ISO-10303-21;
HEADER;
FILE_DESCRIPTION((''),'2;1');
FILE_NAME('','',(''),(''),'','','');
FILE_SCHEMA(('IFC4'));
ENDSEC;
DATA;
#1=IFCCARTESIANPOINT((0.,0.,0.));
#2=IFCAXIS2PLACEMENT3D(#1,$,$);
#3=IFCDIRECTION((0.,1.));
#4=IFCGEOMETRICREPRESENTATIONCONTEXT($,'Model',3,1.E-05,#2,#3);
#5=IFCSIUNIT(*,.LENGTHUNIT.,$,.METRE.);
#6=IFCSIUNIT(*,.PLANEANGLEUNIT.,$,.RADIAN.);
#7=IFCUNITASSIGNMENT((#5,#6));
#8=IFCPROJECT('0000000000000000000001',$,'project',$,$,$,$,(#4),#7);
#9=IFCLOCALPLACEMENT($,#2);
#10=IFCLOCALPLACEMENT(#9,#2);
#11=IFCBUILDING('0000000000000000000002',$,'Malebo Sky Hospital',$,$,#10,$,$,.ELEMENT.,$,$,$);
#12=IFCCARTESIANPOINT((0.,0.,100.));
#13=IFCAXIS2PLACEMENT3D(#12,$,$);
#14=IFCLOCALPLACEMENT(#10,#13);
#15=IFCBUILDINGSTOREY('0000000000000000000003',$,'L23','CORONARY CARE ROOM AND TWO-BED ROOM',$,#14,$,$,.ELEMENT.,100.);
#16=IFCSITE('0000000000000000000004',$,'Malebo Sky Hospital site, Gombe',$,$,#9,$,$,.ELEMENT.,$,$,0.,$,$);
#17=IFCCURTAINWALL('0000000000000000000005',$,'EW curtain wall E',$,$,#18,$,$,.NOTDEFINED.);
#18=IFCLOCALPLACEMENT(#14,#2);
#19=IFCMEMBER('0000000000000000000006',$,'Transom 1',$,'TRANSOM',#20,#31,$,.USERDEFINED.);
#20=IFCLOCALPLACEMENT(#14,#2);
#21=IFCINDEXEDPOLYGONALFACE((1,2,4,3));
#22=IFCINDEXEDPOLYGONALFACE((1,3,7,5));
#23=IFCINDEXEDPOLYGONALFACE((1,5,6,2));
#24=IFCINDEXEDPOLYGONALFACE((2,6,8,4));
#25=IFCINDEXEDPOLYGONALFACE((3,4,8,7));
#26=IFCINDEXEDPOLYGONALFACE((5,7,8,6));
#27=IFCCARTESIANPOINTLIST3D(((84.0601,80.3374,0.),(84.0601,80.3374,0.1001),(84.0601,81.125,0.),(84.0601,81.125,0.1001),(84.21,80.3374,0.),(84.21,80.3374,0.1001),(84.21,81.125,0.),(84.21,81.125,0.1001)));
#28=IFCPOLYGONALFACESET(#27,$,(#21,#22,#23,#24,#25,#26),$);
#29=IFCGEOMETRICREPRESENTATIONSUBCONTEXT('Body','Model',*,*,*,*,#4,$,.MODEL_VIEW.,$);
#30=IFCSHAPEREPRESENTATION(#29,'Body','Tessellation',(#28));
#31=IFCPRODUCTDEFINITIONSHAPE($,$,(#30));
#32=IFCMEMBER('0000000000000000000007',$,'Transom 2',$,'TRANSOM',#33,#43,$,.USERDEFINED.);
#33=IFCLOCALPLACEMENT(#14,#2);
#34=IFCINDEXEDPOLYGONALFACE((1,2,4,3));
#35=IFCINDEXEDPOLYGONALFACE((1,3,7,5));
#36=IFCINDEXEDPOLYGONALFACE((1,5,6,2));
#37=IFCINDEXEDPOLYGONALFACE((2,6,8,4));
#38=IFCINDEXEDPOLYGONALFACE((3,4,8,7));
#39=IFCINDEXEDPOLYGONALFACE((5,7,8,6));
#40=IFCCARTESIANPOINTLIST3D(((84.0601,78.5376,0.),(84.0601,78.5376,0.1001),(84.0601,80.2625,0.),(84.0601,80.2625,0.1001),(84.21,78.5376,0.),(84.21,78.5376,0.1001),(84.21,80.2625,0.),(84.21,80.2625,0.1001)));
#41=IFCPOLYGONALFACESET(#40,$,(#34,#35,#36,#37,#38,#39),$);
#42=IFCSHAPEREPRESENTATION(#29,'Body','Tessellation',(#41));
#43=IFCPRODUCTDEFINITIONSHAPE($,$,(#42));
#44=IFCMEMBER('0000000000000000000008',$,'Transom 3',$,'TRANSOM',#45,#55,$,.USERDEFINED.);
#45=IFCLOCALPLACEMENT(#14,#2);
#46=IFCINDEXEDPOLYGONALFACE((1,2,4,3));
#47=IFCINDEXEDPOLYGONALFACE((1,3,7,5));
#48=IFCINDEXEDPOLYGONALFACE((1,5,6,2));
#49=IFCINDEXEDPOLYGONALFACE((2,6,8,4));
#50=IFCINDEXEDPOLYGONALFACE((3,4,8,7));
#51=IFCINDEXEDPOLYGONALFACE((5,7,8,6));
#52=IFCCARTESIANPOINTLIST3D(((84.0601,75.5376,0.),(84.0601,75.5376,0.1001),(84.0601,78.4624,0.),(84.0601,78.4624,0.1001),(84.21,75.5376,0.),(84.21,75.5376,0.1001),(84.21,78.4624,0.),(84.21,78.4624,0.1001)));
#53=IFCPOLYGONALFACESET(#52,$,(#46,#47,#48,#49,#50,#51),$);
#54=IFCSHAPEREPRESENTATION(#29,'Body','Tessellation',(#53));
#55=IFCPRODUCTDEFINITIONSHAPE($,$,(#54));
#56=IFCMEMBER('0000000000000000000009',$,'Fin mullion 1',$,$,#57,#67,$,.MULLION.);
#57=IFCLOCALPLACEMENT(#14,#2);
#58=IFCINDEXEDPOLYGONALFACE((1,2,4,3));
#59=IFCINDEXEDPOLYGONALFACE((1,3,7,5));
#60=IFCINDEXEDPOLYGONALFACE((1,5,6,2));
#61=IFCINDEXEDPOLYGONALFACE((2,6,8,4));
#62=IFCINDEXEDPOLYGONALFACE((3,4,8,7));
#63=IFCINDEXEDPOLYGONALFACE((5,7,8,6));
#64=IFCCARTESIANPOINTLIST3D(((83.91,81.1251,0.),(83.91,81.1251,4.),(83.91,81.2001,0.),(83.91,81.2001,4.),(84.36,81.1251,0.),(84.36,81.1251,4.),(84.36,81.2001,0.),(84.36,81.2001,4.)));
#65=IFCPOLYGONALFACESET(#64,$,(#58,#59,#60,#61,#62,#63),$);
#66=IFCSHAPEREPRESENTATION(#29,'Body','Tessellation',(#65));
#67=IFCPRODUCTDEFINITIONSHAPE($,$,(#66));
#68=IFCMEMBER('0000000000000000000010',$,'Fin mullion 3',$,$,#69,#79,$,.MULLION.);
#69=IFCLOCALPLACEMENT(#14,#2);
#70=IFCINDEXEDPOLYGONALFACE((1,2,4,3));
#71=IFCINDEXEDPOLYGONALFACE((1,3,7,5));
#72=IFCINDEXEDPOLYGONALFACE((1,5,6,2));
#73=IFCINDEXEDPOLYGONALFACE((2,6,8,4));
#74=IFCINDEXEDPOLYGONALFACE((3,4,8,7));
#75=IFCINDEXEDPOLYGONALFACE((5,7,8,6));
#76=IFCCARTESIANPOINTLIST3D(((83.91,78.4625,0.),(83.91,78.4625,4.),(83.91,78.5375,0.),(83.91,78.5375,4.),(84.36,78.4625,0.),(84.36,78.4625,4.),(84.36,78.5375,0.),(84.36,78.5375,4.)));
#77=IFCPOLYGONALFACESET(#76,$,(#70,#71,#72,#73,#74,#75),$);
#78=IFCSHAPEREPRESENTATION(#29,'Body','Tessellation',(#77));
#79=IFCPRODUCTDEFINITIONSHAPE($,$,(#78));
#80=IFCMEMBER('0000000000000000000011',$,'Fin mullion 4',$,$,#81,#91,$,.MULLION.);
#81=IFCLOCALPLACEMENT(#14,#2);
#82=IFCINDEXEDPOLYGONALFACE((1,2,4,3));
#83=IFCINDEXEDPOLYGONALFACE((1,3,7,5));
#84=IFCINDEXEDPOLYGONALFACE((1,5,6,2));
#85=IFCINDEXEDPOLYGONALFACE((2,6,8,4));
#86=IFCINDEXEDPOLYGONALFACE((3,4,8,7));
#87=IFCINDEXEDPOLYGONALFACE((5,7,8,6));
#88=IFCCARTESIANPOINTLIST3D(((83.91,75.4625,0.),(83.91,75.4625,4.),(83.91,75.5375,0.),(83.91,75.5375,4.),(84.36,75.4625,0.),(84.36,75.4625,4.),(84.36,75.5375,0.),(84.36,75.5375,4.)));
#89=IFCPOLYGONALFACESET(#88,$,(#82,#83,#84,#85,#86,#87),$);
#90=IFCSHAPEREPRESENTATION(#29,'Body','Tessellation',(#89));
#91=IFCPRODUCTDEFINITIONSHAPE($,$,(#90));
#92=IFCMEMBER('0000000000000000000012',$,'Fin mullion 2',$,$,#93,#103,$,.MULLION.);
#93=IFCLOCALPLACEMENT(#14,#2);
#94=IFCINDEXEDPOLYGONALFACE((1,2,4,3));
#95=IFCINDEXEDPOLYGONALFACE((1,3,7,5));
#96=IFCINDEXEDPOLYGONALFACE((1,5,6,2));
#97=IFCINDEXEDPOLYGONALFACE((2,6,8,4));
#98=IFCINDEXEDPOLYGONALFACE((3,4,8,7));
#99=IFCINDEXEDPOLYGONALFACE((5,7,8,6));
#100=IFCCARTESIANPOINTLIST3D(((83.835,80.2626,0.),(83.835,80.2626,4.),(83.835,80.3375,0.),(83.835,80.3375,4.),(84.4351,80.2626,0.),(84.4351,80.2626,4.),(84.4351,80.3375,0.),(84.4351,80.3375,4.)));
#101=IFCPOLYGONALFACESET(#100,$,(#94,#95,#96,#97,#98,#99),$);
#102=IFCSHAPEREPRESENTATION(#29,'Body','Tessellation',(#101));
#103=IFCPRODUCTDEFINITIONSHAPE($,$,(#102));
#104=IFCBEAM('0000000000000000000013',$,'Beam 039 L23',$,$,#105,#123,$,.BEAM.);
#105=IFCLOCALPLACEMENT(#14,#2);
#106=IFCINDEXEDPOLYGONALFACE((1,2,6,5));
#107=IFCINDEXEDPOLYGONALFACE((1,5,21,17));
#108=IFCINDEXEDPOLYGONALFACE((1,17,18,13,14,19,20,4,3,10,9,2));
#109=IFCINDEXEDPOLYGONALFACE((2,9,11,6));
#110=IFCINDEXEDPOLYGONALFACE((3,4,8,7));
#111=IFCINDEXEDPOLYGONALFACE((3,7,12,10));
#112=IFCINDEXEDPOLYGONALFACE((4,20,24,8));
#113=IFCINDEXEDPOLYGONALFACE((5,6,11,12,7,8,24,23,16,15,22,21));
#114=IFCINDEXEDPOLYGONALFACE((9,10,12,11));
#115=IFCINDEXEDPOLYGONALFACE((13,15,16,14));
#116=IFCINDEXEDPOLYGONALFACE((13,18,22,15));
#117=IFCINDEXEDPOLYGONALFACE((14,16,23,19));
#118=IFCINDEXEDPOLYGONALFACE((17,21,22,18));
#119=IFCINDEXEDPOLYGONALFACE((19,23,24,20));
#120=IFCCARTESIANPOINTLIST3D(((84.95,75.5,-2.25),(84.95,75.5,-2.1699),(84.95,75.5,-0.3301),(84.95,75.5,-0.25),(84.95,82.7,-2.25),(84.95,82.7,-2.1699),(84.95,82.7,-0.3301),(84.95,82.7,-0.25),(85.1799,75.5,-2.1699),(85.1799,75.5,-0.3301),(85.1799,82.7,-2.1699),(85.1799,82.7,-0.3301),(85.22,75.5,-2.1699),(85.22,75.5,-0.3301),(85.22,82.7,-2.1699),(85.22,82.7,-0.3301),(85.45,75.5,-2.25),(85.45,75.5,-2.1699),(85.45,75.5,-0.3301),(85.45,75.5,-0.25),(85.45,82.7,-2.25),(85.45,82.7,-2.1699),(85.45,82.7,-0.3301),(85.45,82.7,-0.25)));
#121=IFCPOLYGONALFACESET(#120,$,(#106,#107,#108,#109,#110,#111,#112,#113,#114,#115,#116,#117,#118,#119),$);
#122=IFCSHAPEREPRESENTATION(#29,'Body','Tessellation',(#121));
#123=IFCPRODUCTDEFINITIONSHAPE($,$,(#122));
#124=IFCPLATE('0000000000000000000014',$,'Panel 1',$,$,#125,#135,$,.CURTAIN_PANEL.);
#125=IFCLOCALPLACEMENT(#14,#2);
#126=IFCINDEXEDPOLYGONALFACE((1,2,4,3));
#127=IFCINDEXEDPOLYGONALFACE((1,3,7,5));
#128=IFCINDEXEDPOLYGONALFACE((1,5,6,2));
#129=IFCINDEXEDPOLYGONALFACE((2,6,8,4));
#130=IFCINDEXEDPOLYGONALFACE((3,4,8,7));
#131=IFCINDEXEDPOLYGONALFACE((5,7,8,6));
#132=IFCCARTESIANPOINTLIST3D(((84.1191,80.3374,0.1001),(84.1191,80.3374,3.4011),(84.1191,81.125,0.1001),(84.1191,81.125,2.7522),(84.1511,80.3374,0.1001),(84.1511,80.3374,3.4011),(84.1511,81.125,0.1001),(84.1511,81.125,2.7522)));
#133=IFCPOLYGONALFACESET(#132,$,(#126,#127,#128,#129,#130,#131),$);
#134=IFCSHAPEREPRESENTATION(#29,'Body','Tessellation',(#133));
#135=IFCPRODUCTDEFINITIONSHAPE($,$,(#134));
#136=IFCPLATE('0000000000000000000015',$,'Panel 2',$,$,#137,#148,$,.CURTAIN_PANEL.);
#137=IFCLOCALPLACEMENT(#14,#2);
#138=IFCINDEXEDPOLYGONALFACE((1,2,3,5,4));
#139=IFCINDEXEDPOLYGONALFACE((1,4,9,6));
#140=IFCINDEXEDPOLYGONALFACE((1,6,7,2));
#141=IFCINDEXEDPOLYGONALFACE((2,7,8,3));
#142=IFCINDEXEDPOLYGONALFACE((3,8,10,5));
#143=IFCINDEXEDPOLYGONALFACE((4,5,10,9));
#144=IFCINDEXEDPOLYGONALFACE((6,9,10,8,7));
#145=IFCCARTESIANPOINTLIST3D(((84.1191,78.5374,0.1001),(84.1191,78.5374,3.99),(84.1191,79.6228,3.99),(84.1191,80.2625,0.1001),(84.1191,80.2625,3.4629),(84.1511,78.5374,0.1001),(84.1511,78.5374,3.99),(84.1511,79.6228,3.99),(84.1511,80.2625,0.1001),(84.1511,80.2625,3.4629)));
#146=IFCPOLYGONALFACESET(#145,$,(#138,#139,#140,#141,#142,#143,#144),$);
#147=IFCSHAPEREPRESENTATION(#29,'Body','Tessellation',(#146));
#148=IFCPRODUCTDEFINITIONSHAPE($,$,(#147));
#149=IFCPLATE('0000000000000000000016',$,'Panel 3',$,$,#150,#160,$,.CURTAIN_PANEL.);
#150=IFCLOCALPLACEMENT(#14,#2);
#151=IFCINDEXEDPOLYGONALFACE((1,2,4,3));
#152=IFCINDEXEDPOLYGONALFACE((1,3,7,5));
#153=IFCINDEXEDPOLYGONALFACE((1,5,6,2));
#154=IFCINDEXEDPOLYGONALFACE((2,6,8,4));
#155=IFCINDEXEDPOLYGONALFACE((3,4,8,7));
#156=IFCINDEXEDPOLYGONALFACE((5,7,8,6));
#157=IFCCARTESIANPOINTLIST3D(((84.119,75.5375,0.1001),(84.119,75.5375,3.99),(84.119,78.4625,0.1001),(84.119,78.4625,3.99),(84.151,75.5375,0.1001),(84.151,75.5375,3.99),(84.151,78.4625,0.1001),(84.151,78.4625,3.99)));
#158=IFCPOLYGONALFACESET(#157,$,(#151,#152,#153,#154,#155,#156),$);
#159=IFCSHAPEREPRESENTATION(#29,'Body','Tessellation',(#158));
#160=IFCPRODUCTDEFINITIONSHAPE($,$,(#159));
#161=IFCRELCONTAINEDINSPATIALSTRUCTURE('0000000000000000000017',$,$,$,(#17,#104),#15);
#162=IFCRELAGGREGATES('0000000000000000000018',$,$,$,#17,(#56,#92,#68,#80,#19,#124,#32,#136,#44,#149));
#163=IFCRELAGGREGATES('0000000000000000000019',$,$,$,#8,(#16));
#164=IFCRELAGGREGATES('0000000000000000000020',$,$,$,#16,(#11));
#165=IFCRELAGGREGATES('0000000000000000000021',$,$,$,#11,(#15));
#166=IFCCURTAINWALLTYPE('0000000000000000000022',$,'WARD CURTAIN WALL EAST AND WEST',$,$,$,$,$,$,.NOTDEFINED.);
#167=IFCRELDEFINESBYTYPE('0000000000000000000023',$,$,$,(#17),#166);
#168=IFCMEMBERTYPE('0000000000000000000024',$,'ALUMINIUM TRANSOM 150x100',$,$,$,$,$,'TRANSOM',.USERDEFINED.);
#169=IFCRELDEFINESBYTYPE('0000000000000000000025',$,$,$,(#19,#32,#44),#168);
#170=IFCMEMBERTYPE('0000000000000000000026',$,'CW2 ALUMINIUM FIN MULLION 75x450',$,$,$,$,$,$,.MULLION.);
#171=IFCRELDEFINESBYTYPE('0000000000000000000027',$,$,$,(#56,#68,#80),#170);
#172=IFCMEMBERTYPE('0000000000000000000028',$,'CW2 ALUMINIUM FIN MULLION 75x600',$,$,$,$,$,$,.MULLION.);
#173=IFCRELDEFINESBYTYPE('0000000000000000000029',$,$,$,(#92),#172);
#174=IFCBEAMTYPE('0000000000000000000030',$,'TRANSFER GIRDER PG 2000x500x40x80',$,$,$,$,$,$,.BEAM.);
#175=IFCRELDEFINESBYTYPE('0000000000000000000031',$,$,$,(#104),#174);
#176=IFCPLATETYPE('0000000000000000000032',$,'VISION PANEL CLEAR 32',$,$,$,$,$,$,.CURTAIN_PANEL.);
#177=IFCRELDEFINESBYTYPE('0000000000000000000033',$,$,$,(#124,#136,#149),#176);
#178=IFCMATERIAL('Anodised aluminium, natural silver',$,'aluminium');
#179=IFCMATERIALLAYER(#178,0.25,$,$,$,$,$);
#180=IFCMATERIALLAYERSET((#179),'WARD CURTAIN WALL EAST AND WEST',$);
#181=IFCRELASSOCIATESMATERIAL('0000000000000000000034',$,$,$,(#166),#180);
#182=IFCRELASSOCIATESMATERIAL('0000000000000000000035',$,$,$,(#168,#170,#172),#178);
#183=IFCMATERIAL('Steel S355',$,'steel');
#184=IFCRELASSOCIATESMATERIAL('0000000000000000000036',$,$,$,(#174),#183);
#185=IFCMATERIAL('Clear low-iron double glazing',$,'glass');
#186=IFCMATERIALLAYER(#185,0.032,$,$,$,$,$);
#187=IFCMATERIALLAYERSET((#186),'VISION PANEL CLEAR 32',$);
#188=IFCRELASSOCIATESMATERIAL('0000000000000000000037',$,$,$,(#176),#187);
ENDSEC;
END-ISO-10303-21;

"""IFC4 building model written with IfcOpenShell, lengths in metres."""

from ifc_helpers import new_model, si_unit, direction, frame, origin, origin_2d, place, context, subcontext, project, spatial, polyline, rectangle, i_section, outline, extrude, material, layer, layer_set, material_profile, profile_set, type_object, element, aggregate, save


model = new_model("IFC4")

# Units and contexts
model_context = context("Model", 3, precision=1e-05, world=origin(), true_north=direction((0.0, 1.0)))
body_context = subcontext(model_context, "Body", "Model", "MODEL_VIEW")
ifc_project = project(units=[si_unit("LENGTHUNIT", "METRE"), si_unit("PLANEANGLEUNIT", "RADIAN")], contexts=[model_context])

# Site, building, storey
site_placement = place(None, origin())
site = spatial("IfcSite", under=ifc_project, at=site_placement, Name="Malebo Sky Hospital site, Gombe", CompositionType="ELEMENT", RefElevation=0.0)
building_placement = place(site_placement, origin())
building = spatial("IfcBuilding", under=site, at=building_placement, Name="Malebo Sky Hospital", CompositionType="ELEMENT")
storey_placement = place(building_placement, frame((0.0, 0.0, 100.0)))
storey = spatial("IfcBuildingStorey", under=building, at=storey_placement, Name="L23", Description="CORONARY CARE ROOM AND TWO-BED ROOM", CompositionType="ELEMENT", Elevation=100.0)

# Curtain wall, members
ifc_material_1 = material(Name="Anodised aluminium, natural silver", Category="aluminium")
ifc_layer_1 = layer(ifc_material_1, 0.25)
ifc_layer_set_1 = layer_set([ifc_layer_1], Name="WARD CURTAIN WALL EAST AND WEST")
curtain_wall_type = type_object("IfcCurtainWallType", Name="WARD CURTAIN WALL EAST AND WEST", PredefinedType="NOTDEFINED", material=ifc_layer_set_1)
curtain_wall_placement = place(storey_placement, origin())
curtain_wall = element("IfcCurtainWall", 1, at=curtain_wall_placement, inside=storey, type_object=curtain_wall_type, Name="EW curtain wall E", PredefinedType="NOTDEFINED")
ifc_material_profile_1 = material_profile(ifc_material_1, rectangle(XDim=0.1499, YDim=0.1001, at=origin_2d()), Name="ALUMINIUM TRANSOM 150x100")
ifc_profile_set_1 = profile_set([ifc_material_profile_1], Name="Anodised aluminium, natural silver")
member_type_1 = type_object("IfcMemberType", Name="ALUMINIUM TRANSOM 150x100", ElementType="TRANSOM", PredefinedType="USERDEFINED", material=ifc_profile_set_1)
member_1_placement = place(storey_placement, frame((84.135, 81.125, 0.05), z_axis=(0.0, -1.0, 0.0), x_axis=(1.0, 0.0, 0.0)))
member_1 = element("IfcMember", 2, at=member_1_placement, type_object=member_type_1, Name="Transom 1", ObjectType="TRANSOM", PredefinedType="USERDEFINED", context=body_context, shape_type="SweptSolid", body=[
    extrude(rectangle(XDim=0.1499, YDim=0.1001, at=origin_2d()), origin(), (0.0, 0.0, 1.0), 0.7876),
])
member_2_placement = place(storey_placement, frame((84.135, 80.2625, 0.05), z_axis=(0.0, -1.0, 0.0), x_axis=(1.0, 0.0, 0.0)))
member_2 = element("IfcMember", 3, at=member_2_placement, type_object=member_type_1, Name="Transom 2", ObjectType="TRANSOM", PredefinedType="USERDEFINED", context=body_context, shape_type="SweptSolid", body=[
    extrude(rectangle(XDim=0.1499, YDim=0.1001, at=origin_2d()), origin(), (0.0, 0.0, 1.0), 1.7249),
])
member_3_placement = place(storey_placement, frame((84.135, 78.4624, 0.05), z_axis=(0.0, -1.0, 0.0), x_axis=(1.0, 0.0, 0.0)))
member_3 = element("IfcMember", 4, at=member_3_placement, type_object=member_type_1, Name="Transom 3", ObjectType="TRANSOM", PredefinedType="USERDEFINED", context=body_context, shape_type="SweptSolid", body=[
    extrude(rectangle(XDim=0.1499, YDim=0.1001, at=origin_2d()), origin(), (0.0, 0.0, 1.0), 2.9248),
])
ifc_material_profile_2 = material_profile(ifc_material_1, rectangle(XDim=0.075, YDim=0.45, at=origin_2d()), Name="CW2 ALUMINIUM FIN MULLION 75x450")
ifc_profile_set_2 = profile_set([ifc_material_profile_2], Name="Anodised aluminium, natural silver")
member_type_2 = type_object("IfcMemberType", Name="CW2 ALUMINIUM FIN MULLION 75x450", PredefinedType="MULLION", material=ifc_profile_set_2)
member_4_placement = place(storey_placement, frame((84.135, 81.1626, 0.0), z_axis=(0.0, 0.0, 1.0), x_axis=(0.0, -1.0, 0.0)))
member_4 = element("IfcMember", 5, at=member_4_placement, type_object=member_type_2, Name="Fin mullion 1", PredefinedType="MULLION", context=body_context, shape_type="SweptSolid", body=[
    extrude(rectangle(XDim=0.075, YDim=0.45, at=origin_2d()), origin(), (0.0, 0.0, 1.0), 4.0),
])
member_5_placement = place(storey_placement, frame((84.135, 78.5, 0.0), z_axis=(0.0, 0.0, 1.0), x_axis=(0.0, -1.0, 0.0)))
member_5 = element("IfcMember", 6, at=member_5_placement, type_object=member_type_2, Name="Fin mullion 3", PredefinedType="MULLION", context=body_context, shape_type="SweptSolid", body=[
    extrude(rectangle(XDim=0.075, YDim=0.45, at=origin_2d()), origin(), (0.0, 0.0, 1.0), 4.0),
])
member_6_placement = place(storey_placement, frame((84.135, 75.5, 0.0), z_axis=(0.0, 0.0, 1.0), x_axis=(0.0, -1.0, 0.0)))
member_6 = element("IfcMember", 7, at=member_6_placement, type_object=member_type_2, Name="Fin mullion 4", PredefinedType="MULLION", context=body_context, shape_type="SweptSolid", body=[
    extrude(rectangle(XDim=0.075, YDim=0.45, at=origin_2d()), origin(), (0.0, 0.0, 1.0), 4.0),
])
ifc_material_profile_3 = material_profile(ifc_material_1, rectangle(XDim=0.075, YDim=0.6001, at=origin_2d()), Name="CW2 ALUMINIUM FIN MULLION 75x600")
ifc_profile_set_3 = profile_set([ifc_material_profile_3], Name="Anodised aluminium, natural silver")
member_type_3 = type_object("IfcMemberType", Name="CW2 ALUMINIUM FIN MULLION 75x600", PredefinedType="MULLION", material=ifc_profile_set_3)
member_7_placement = place(storey_placement, frame((84.135, 80.3, 0.0), z_axis=(0.0, 0.0, 1.0), x_axis=(0.0, -1.0, 0.0)))
member_7 = element("IfcMember", 8, at=member_7_placement, type_object=member_type_3, Name="Fin mullion 2", PredefinedType="MULLION", context=body_context, shape_type="SweptSolid", body=[
    extrude(rectangle(XDim=0.075, YDim=0.6001, at=origin_2d()), origin(), (0.0, 0.0, 1.0), 4.0),
])

# Beam
ifc_material_2 = material(Name="Steel S355", Category="steel")
ifc_material_profile_4 = material_profile(ifc_material_2, i_section(OverallWidth=0.5, OverallDepth=2.0, WebThickness=0.04, FlangeThickness=0.0801, at=origin_2d()), Name="PG 2000x500x40x80")
ifc_profile_set_4 = profile_set([ifc_material_profile_4], Name="Steel S355")
beam_type = type_object("IfcBeamType", Name="TRANSFER GIRDER PG 2000x500x40x80", PredefinedType="BEAM", material=ifc_profile_set_4)
beam_placement = place(storey_placement, frame((85.2, 75.5, -1.25), z_axis=(0.0, 1.0, 0.0), x_axis=(-1.0, 0.0, 0.0)))
element("IfcBeam", 9, at=beam_placement, inside=storey, type_object=beam_type, Name="Beam 039 L23", PredefinedType="BEAM", context=body_context, shape_type="SweptSolid", body=[
    extrude(i_section(OverallWidth=0.5, OverallDepth=2.0, WebThickness=0.04, FlangeThickness=0.0801, at=origin_2d()), origin(), (0.0, 0.0, 1.0), 7.2),
])

# Plates
ifc_material_3 = material(Name="Clear low-iron double glazing", Category="glass")
ifc_layer_2 = layer(ifc_material_3, 0.032)
ifc_layer_set_2 = layer_set([ifc_layer_2], Name="VISION PANEL CLEAR 32")
plate_type = type_object("IfcPlateType", Name="VISION PANEL CLEAR 32", PredefinedType="CURTAIN_PANEL", material=ifc_layer_set_2)
plate_1_placement = place(storey_placement, frame((84.135, 80.7312, 0.1001), z_axis=(0.0, 0.0, 1.0), x_axis=(0.0, -1.0, 0.0)))
plate_1 = element("IfcPlate", 10, at=plate_1_placement, type_object=plate_type, Name="Panel 1", PredefinedType="CURTAIN_PANEL", context=body_context, shape_type="SweptSolid", body=[
    extrude(outline(polyline([(-0.3938, 0.0), (0.3938, 0.0), (0.3938, 3.301), (-0.3938, 2.6521), (-0.3938, 0.0)])), frame((0.0, 0.0161, 0.0), z_axis=(0.0, -1.0, 0.0), x_axis=(1.0, 0.0, 0.0)), (0.0, 0.0, 1.0), 0.032),
])
plate_2_placement = place(storey_placement, frame((84.135, 79.3999, 0.1001), z_axis=(0.0, 0.0, 1.0), x_axis=(0.0, -1.0, 0.0)))
plate_2 = element("IfcPlate", 11, at=plate_2_placement, type_object=plate_type, Name="Panel 2", PredefinedType="CURTAIN_PANEL", context=body_context, shape_type="SweptSolid", body=[
    extrude(outline(polyline([(-0.8625, 0.0), (0.8625, 0.0), (0.8625, 3.8899), (-0.2229, 3.8899), (-0.8625, 3.3628), (-0.8625, 0.0)])), frame((0.0, 0.0161, 0.0), z_axis=(0.0, -1.0, 0.0), x_axis=(1.0, 0.0, 0.0)), (0.0, 0.0, 1.0), 0.032),
])
plate_3_placement = place(storey_placement, frame((84.135, 77.0, 0.1001), z_axis=(0.0, 0.0, 1.0), x_axis=(0.0, -1.0, 0.0)))
plate_3 = element("IfcPlate", 12, at=plate_3_placement, type_object=plate_type, Name="Panel 3", PredefinedType="CURTAIN_PANEL", context=body_context, shape_type="SweptSolid", body=[
    extrude(rectangle(XDim=2.925, YDim=0.032, at=origin_2d()), origin(), (0.0, 0.0, 1.0), 3.8899),
])
aggregate(curtain_wall, [member_4, member_7, member_5, member_6, member_1, plate_1, member_2, plate_2, member_3, plate_3])

save(model, "model.ifc")
